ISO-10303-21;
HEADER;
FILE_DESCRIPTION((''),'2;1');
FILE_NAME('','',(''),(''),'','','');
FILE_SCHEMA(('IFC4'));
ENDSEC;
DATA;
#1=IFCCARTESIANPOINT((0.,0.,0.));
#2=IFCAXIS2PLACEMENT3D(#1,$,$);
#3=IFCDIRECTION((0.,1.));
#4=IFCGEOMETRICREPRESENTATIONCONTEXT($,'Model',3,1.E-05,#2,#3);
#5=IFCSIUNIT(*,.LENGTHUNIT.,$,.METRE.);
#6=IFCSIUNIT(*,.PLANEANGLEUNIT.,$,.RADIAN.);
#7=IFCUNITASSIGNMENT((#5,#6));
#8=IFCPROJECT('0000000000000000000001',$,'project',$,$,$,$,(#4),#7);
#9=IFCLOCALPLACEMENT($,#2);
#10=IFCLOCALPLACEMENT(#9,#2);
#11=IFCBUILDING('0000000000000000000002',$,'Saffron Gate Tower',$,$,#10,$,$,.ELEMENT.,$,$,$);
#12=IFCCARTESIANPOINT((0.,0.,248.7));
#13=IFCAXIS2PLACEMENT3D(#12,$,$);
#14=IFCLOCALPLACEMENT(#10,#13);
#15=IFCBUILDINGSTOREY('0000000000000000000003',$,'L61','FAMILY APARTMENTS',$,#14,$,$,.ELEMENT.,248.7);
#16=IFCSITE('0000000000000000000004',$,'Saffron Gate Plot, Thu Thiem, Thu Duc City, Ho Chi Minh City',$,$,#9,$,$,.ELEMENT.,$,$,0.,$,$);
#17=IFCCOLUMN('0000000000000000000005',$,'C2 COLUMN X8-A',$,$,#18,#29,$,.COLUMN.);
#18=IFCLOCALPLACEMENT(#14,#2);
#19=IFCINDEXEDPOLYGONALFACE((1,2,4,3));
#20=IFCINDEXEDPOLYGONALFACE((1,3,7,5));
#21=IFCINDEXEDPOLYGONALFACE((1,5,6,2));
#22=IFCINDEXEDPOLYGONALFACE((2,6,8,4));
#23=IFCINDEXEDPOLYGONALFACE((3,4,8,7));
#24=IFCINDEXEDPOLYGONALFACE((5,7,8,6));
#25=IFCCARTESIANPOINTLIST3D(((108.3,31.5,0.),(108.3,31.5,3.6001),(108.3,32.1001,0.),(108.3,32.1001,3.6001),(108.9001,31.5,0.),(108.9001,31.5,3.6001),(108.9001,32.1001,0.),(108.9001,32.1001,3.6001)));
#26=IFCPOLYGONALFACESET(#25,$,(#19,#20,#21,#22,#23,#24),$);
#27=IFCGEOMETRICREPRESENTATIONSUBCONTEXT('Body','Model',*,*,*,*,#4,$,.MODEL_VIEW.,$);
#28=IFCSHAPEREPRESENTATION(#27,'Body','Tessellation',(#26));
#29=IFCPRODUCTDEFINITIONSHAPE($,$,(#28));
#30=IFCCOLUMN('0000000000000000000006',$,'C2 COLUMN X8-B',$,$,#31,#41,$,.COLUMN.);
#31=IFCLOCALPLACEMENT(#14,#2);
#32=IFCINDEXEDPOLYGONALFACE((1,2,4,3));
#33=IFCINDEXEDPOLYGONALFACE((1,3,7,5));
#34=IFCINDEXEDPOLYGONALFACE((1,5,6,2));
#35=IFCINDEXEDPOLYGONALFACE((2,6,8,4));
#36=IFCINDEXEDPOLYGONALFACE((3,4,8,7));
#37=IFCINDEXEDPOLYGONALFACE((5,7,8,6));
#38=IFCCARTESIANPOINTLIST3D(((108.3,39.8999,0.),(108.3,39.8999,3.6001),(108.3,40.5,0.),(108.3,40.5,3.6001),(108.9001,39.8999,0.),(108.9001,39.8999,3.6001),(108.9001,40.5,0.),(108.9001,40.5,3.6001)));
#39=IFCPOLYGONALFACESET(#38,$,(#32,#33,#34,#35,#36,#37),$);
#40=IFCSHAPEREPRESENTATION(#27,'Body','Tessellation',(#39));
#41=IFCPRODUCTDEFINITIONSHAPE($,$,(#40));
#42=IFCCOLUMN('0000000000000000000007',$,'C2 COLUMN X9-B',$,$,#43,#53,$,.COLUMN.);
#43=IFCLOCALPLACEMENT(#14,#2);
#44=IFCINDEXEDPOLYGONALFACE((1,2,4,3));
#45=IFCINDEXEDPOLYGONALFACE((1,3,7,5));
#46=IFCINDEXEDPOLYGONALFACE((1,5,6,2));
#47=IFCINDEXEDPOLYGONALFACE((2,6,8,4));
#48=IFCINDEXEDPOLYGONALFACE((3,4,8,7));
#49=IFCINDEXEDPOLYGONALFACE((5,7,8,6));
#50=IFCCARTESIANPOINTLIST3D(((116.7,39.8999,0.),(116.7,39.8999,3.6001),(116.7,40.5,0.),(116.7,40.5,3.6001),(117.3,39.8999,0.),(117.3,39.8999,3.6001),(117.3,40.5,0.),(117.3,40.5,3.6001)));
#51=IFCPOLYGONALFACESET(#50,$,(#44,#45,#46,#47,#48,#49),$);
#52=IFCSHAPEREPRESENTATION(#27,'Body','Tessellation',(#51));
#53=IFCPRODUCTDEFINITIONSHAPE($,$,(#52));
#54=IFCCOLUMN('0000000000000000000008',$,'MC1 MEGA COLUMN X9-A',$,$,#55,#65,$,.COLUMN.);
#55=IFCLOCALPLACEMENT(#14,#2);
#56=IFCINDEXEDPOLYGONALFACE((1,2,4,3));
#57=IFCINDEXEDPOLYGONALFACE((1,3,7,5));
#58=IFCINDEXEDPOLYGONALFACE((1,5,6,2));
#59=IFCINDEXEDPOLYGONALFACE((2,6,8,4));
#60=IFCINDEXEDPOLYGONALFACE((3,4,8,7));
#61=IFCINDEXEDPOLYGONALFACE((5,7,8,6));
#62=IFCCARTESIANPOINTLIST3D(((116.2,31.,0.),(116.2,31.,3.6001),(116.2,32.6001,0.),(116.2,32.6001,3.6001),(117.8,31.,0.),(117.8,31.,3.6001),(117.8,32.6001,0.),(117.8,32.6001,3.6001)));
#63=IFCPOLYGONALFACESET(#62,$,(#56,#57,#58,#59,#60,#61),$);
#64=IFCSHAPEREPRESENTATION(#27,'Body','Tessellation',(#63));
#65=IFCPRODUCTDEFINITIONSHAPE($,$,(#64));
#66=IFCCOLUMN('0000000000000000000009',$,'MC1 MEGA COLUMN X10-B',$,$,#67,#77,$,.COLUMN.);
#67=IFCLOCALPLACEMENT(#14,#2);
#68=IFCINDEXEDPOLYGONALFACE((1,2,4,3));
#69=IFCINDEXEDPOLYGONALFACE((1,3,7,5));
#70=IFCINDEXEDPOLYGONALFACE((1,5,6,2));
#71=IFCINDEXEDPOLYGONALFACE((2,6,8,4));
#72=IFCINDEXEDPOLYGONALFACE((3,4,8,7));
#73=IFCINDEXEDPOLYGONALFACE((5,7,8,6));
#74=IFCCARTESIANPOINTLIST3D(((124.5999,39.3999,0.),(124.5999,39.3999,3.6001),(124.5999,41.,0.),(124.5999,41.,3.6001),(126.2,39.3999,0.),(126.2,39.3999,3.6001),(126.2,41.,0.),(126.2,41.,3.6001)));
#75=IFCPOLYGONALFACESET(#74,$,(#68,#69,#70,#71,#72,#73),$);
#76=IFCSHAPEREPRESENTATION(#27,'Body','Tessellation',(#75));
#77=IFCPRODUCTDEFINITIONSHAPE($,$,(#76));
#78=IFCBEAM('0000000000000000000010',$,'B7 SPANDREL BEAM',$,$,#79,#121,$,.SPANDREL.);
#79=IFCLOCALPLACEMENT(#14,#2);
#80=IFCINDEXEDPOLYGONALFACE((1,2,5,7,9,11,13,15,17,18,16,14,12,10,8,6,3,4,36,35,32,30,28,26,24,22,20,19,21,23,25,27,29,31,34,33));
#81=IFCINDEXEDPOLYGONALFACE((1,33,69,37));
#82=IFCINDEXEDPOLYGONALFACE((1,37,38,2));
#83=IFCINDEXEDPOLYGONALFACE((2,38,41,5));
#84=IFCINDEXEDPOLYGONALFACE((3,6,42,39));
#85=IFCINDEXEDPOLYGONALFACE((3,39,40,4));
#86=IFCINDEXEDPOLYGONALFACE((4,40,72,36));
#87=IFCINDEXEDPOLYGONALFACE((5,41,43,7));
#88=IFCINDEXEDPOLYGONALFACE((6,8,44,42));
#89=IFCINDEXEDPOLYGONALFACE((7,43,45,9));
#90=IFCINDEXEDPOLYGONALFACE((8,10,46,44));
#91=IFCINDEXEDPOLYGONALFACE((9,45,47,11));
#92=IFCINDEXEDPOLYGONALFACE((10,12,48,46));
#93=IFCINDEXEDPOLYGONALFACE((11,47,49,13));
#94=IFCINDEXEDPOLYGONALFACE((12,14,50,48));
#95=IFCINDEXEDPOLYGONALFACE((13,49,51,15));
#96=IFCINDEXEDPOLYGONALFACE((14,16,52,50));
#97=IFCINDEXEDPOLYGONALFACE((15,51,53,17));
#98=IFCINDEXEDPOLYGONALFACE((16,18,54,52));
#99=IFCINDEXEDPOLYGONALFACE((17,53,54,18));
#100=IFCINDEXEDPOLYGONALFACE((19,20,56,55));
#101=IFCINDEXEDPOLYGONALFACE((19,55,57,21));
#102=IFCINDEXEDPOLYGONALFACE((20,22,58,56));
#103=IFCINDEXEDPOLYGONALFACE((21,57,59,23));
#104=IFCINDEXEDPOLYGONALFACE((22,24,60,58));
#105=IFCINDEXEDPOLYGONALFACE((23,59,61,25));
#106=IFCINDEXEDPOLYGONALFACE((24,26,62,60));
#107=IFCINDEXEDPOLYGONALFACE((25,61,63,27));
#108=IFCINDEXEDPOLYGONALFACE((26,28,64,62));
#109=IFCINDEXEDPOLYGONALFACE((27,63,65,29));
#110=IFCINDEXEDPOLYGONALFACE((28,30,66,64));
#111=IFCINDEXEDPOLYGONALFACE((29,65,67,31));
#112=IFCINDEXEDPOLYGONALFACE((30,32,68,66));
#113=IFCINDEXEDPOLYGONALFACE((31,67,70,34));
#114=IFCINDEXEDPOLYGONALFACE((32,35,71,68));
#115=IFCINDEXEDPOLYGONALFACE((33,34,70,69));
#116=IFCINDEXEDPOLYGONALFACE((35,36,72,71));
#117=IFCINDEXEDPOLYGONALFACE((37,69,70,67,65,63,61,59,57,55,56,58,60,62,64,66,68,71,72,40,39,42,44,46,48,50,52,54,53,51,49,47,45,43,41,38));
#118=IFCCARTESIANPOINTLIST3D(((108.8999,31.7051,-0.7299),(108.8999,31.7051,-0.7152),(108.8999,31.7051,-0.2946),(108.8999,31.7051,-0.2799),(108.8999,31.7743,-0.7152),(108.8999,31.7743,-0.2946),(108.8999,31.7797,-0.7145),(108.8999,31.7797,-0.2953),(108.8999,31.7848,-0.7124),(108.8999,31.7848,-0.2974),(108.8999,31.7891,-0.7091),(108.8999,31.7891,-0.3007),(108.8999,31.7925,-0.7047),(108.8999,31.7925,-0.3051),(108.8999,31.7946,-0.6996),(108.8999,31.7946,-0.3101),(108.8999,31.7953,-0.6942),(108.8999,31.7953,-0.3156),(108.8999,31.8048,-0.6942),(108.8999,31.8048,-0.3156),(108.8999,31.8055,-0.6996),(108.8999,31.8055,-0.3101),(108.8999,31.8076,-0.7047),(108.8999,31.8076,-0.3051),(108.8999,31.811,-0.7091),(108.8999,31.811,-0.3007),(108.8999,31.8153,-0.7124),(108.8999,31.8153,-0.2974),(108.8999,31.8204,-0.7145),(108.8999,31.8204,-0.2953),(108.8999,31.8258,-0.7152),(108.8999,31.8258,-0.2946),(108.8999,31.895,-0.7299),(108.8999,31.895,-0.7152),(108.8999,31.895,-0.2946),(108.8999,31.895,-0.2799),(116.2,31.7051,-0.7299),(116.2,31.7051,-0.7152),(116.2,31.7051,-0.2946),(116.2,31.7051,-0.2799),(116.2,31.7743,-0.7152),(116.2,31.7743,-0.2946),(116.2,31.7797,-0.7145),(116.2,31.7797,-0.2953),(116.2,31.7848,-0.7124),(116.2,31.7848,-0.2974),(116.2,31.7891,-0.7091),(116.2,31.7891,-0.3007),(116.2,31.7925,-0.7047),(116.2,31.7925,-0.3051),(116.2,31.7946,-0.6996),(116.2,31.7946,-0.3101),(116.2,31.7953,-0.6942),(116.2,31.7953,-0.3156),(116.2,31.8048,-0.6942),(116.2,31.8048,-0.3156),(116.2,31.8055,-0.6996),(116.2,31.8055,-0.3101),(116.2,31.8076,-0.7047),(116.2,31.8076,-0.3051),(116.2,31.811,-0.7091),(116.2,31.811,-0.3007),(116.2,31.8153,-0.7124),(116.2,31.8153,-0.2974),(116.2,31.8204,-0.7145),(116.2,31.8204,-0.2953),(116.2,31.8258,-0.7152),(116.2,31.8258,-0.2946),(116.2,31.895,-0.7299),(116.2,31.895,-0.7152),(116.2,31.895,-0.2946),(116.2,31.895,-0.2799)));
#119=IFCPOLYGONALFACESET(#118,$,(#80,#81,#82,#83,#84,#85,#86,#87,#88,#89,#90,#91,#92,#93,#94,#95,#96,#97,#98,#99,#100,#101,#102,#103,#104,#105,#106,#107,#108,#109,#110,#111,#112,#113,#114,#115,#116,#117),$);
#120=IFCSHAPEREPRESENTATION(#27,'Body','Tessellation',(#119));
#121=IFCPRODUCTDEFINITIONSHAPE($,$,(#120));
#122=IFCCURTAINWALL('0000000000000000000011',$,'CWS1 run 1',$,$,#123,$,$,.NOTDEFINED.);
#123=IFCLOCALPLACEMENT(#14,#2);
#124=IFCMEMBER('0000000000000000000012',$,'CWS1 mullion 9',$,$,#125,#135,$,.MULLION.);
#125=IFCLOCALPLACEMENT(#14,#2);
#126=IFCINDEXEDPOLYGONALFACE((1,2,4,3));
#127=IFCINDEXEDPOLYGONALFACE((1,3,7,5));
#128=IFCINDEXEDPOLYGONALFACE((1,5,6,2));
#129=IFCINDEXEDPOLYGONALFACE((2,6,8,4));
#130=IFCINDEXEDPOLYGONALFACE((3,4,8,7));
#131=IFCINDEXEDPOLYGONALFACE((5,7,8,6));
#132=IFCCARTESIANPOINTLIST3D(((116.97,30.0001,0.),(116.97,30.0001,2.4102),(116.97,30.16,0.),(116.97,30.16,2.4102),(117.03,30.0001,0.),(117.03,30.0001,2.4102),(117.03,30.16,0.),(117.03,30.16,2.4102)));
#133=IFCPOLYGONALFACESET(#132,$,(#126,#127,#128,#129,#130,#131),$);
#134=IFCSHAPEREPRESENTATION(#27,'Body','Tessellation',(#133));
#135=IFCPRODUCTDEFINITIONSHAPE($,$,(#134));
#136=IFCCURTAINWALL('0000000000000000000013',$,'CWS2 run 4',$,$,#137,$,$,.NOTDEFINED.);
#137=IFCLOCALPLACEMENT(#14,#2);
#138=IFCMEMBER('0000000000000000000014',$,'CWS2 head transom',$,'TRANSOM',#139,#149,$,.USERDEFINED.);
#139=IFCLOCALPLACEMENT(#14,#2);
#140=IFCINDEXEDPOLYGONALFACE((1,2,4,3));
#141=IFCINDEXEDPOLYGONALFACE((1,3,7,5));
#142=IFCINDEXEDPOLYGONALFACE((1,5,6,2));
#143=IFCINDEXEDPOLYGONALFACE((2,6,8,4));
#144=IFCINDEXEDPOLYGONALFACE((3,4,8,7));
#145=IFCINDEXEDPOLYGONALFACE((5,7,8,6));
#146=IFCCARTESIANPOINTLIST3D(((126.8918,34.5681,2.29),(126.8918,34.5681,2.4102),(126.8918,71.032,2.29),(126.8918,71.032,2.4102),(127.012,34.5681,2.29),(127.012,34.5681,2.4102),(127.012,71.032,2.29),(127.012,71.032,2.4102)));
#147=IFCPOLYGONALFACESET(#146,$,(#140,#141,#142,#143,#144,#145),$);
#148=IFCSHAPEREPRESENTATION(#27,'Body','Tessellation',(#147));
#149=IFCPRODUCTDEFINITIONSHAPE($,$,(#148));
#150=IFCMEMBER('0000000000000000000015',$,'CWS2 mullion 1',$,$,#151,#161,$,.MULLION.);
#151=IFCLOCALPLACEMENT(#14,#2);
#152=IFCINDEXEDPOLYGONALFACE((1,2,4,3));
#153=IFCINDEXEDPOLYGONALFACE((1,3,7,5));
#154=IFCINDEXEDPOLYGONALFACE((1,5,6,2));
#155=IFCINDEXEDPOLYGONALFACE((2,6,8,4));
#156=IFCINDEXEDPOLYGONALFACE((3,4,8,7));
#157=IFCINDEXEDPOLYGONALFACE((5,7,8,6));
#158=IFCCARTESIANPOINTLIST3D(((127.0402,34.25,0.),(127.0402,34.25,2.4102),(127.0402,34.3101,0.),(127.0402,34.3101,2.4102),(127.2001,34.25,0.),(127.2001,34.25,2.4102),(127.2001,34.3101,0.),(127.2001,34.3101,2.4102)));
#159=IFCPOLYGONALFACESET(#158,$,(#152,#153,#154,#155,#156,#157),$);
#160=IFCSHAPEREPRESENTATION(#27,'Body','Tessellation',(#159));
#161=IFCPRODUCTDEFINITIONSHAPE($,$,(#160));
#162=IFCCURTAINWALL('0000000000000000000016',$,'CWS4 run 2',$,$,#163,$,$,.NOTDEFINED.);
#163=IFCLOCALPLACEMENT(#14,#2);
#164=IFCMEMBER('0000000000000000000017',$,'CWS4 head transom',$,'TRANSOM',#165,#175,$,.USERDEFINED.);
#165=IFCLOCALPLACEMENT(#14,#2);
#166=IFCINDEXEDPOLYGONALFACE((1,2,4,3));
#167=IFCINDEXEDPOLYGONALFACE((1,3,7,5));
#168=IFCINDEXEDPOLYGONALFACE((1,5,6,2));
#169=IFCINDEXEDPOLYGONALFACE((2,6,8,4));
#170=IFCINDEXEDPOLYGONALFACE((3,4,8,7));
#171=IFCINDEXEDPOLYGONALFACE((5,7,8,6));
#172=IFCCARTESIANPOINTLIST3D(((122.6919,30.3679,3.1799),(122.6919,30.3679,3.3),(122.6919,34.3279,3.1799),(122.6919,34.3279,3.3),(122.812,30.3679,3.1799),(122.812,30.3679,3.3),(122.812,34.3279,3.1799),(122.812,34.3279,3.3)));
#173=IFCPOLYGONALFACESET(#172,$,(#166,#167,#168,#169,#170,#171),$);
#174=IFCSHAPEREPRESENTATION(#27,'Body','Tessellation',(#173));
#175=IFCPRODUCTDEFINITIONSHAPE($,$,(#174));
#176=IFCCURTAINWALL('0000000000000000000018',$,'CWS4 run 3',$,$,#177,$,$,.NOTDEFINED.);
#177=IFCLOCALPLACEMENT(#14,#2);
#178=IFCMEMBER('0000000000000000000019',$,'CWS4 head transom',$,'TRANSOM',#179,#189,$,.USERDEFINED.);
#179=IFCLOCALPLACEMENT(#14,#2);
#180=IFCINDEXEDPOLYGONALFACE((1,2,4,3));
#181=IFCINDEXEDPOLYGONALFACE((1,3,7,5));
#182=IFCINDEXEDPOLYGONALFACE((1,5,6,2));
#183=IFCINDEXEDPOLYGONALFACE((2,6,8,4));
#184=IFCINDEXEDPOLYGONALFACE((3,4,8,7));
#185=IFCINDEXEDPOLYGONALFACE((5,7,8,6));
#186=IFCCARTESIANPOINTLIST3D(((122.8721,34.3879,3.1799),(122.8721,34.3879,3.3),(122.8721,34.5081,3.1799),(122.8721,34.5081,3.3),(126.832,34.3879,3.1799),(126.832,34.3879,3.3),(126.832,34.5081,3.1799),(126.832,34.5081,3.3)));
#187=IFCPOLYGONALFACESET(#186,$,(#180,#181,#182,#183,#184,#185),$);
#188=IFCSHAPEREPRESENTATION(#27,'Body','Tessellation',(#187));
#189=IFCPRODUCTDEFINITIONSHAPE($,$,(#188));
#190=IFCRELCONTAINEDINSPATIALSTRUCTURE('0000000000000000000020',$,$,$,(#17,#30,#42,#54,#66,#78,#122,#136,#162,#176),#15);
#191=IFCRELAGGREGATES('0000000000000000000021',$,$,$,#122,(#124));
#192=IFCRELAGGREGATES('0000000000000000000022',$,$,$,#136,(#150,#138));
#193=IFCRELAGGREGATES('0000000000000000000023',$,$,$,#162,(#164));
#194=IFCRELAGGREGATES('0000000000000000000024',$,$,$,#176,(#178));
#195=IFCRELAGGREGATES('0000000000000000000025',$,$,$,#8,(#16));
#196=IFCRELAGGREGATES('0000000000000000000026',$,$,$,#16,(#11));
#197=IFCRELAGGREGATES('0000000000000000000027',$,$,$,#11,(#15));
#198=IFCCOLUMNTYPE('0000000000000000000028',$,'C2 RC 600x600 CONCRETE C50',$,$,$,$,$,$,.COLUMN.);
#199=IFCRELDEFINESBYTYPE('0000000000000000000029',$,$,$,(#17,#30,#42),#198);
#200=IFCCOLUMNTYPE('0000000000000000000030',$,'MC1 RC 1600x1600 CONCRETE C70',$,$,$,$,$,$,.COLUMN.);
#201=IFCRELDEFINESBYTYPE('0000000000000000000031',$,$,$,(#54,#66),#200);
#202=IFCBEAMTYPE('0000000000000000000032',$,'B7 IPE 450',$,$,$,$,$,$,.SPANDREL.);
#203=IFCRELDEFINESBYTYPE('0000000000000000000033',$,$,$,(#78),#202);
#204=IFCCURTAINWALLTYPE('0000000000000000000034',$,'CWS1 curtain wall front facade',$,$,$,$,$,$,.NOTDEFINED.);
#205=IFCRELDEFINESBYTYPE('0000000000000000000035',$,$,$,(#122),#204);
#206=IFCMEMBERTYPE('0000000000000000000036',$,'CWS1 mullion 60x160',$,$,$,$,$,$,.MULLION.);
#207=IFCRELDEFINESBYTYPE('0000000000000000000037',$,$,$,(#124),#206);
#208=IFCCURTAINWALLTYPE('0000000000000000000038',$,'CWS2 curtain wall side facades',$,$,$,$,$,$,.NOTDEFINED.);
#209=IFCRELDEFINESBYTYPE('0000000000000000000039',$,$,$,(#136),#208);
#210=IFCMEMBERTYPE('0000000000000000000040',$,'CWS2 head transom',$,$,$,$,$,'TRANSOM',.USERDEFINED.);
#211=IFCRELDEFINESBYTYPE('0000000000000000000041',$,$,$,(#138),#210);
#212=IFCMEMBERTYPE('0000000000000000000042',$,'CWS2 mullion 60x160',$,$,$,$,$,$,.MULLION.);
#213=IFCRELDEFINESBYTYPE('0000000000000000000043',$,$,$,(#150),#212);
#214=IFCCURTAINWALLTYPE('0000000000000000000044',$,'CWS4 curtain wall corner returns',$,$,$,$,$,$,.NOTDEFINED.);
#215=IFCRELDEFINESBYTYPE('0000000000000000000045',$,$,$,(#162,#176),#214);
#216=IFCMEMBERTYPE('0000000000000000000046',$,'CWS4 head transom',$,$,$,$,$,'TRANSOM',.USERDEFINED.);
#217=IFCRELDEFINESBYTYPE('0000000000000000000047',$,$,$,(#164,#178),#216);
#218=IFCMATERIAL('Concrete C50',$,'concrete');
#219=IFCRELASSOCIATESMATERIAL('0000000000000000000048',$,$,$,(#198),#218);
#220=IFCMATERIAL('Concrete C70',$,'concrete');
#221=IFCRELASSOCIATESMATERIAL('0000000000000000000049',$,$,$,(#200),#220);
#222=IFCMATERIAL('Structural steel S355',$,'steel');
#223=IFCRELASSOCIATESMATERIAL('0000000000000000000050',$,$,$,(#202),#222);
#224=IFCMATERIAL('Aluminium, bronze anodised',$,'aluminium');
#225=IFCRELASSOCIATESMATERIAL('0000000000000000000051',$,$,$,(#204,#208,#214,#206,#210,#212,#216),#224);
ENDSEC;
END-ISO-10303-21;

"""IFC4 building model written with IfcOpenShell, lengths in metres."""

from ifc_helpers import new_model, si_unit, direction, frame, origin, origin_2d, place, context, subcontext, project, spatial, rectangle, i_section, extrude, material, material_profile, profile_set, type_object, element, aggregate, save


model = new_model("IFC4")

# Units and contexts
model_context = context("Model", 3, precision=1e-05, world=origin(), true_north=direction((0.0, 1.0)))
body_context = subcontext(model_context, "Body", "Model", "MODEL_VIEW")
ifc_project = project(units=[si_unit("LENGTHUNIT", "METRE"), si_unit("PLANEANGLEUNIT", "RADIAN")], contexts=[model_context])

# Site, building, storey
site_placement = place(None, origin())
site = spatial("IfcSite", under=ifc_project, at=site_placement, Name="Saffron Gate Plot, Thu Thiem, Thu Duc City, Ho Chi Minh City", CompositionType="ELEMENT", RefElevation=0.0)
building_placement = place(site_placement, origin())
building = spatial("IfcBuilding", under=site, at=building_placement, Name="Saffron Gate Tower", CompositionType="ELEMENT")
storey_placement = place(building_placement, frame((0.0, 0.0, 248.7)))
storey = spatial("IfcBuildingStorey", under=building, at=storey_placement, Name="L61", Description="FAMILY APARTMENTS", CompositionType="ELEMENT", Elevation=248.7)

# Columns
ifc_material_1 = material(Name="Concrete C50", Category="concrete")
ifc_material_profile_1 = material_profile(ifc_material_1, rectangle(XDim=0.6001, YDim=0.6001, at=origin_2d()))
ifc_profile_set_1 = profile_set([ifc_material_profile_1], Name="Concrete C50")
column_type_1 = type_object("IfcColumnType", Name="C2 RC 600x600 CONCRETE C50", PredefinedType="COLUMN", material=ifc_profile_set_1)
for number, where, z_axis, x_axis, name in (
    (1, (108.6001, 31.8, 0.0), (0.0, 0.0, 1.0), (1.0, 0.0, 0.0), "C2 COLUMN X8-A"),
    (2, (108.6001, 40.2, 0.0), (0.0, 0.0, 1.0), (1.0, 0.0, 0.0), "C2 COLUMN X8-B"),
    (3, (117.0, 40.2, 0.0), (0.0, 0.0, 1.0), (1.0, 0.0, 0.0), "C2 COLUMN X9-B"),
):
    element("IfcColumn", number, at=place(storey_placement, frame(where, z_axis=z_axis, x_axis=x_axis)), inside=storey, type_object=column_type_1, Name=name, PredefinedType="COLUMN", context=body_context, shape_type="SweptSolid", body=[
        extrude(rectangle(XDim=0.6001, YDim=0.6001, at=origin_2d()), origin(), (0.0, 0.0, 1.0), 3.6001),
    ])
ifc_material_2 = material(Name="Concrete C70", Category="concrete")
ifc_material_profile_2 = material_profile(ifc_material_2, rectangle(XDim=1.6001, YDim=1.6001, at=origin_2d()))
ifc_profile_set_2 = profile_set([ifc_material_profile_2], Name="Concrete C70")
column_type_2 = type_object("IfcColumnType", Name="MC1 RC 1600x1600 CONCRETE C70", PredefinedType="COLUMN", material=ifc_profile_set_2)
for number, where, z_axis, x_axis, name in (
    (4, (117.0, 31.8, 0.0), (0.0, 0.0, 1.0), (1.0, 0.0, 0.0), "MC1 MEGA COLUMN X9-A"),
    (5, (125.3999, 40.2, 0.0), (0.0, 0.0, 1.0), (1.0, 0.0, 0.0), "MC1 MEGA COLUMN X10-B"),
):
    element("IfcColumn", number, at=place(storey_placement, frame(where, z_axis=z_axis, x_axis=x_axis)), inside=storey, type_object=column_type_2, Name=name, PredefinedType="COLUMN", context=body_context, shape_type="SweptSolid", body=[
        extrude(rectangle(XDim=1.6001, YDim=1.6001, at=origin_2d()), origin(), (0.0, 0.0, 1.0), 3.6001),
    ])

# Beam
ifc_material_3 = material(Name="Structural steel S355", Category="steel")
ifc_material_profile_3 = material_profile(ifc_material_3, i_section(OverallWidth=0.1899, OverallDepth=0.45, WebThickness=0.0095, FlangeThickness=0.0146, FilletRadius=0.021, at=origin_2d()))
ifc_profile_set_3 = profile_set([ifc_material_profile_3], Name="Structural steel S355")
beam_type = type_object("IfcBeamType", Name="B7 IPE 450", PredefinedType="SPANDREL", material=ifc_profile_set_3)
beam_placement = place(storey_placement, frame((108.8999, 31.8, -0.5049), z_axis=(1.0, 0.0, 0.0), x_axis=(0.0, 1.0, 0.0)))
element("IfcBeam", 6, at=beam_placement, inside=storey, type_object=beam_type, Name="B7 SPANDREL BEAM", PredefinedType="SPANDREL", context=body_context, shape_type="SweptSolid", body=[
    extrude(i_section(OverallWidth=0.1899, OverallDepth=0.45, WebThickness=0.0095, FlangeThickness=0.0146, FilletRadius=0.021, at=origin_2d()), origin(), (0.0, 0.0, 1.0), 7.3),
])

# Curtain wall, member
ifc_material_4 = material(Name="Aluminium, bronze anodised", Category="aluminium")
curtain_wall_type_1 = type_object("IfcCurtainWallType", Name="CWS1 curtain wall front facade", PredefinedType="NOTDEFINED", material=ifc_material_4)
curtain_wall_1_placement = place(storey_placement, origin())
curtain_wall_1 = element("IfcCurtainWall", 7, at=curtain_wall_1_placement, inside=storey, type_object=curtain_wall_type_1, Name="CWS1 run 1", PredefinedType="NOTDEFINED")
ifc_material_profile_4 = material_profile(ifc_material_4, rectangle(XDim=0.1599, YDim=0.0601, at=origin_2d()))
ifc_profile_set_4 = profile_set([ifc_material_profile_4], Name="Aluminium, bronze anodised")
member_type_1 = type_object("IfcMemberType", Name="CWS1 mullion 60x160", PredefinedType="MULLION", material=ifc_profile_set_4)
member_1_placement = place(storey_placement, frame((117.0, 30.0801, 0.0), z_axis=(0.0, 0.0, 1.0), x_axis=(0.0, 1.0, 0.0)))
member_1 = element("IfcMember", 8, at=member_1_placement, type_object=member_type_1, Name="CWS1 mullion 9", PredefinedType="MULLION", context=body_context, shape_type="SweptSolid", body=[
    extrude(rectangle(XDim=0.1599, YDim=0.0601, at=origin_2d()), origin(), (0.0, 0.0, 1.0), 2.4102),
])
aggregate(curtain_wall_1, [member_1])

# Curtain wall, members
curtain_wall_type_2 = type_object("IfcCurtainWallType", Name="CWS2 curtain wall side facades", PredefinedType="NOTDEFINED", material=ifc_material_4)
curtain_wall_2_placement = place(storey_placement, origin())
curtain_wall_2 = element("IfcCurtainWall", 9, at=curtain_wall_2_placement, inside=storey, type_object=curtain_wall_type_2, Name="CWS2 run 4", PredefinedType="NOTDEFINED")
ifc_material_profile_5 = material_profile(ifc_material_4, rectangle(XDim=0.1201, YDim=0.1201, at=origin_2d()))
ifc_profile_set_5 = profile_set([ifc_material_profile_5], Name="Aluminium, bronze anodised")
member_type_2 = type_object("IfcMemberType", Name="CWS2 head transom", ElementType="TRANSOM", PredefinedType="USERDEFINED", material=ifc_profile_set_5)
member_2_placement = place(storey_placement, frame((126.9519, 34.5681, 2.3501), z_axis=(0.0, 1.0, 0.0), x_axis=(-1.0, 0.0, 0.0)))
member_2 = element("IfcMember", 10, at=member_2_placement, type_object=member_type_2, Name="CWS2 head transom", ObjectType="TRANSOM", PredefinedType="USERDEFINED", context=body_context, shape_type="SweptSolid", body=[
    extrude(rectangle(XDim=0.1201, YDim=0.1201, at=origin_2d()), origin(), (0.0, 0.0, 1.0), 36.4639),
])
ifc_material_profile_6 = material_profile(ifc_material_4, rectangle(XDim=0.1599, YDim=0.0601, at=origin_2d()))
ifc_profile_set_6 = profile_set([ifc_material_profile_6], Name="Aluminium, bronze anodised")
member_type_3 = type_object("IfcMemberType", Name="CWS2 mullion 60x160", PredefinedType="MULLION", material=ifc_profile_set_6)
member_3_placement = place(storey_placement, frame((127.1201, 34.28, 0.0), z_axis=(0.0, 0.0, 1.0), x_axis=(-1.0, 0.0, 0.0)))
member_3 = element("IfcMember", 11, at=member_3_placement, type_object=member_type_3, Name="CWS2 mullion 1", PredefinedType="MULLION", context=body_context, shape_type="SweptSolid", body=[
    extrude(rectangle(XDim=0.1599, YDim=0.0601, at=origin_2d()), origin(), (0.0, 0.0, 1.0), 2.4102),
])

# Curtain walls, members
curtain_wall_type_3 = type_object("IfcCurtainWallType", Name="CWS4 curtain wall corner returns", PredefinedType="NOTDEFINED", material=ifc_material_4)
curtain_wall_3_placement = place(storey_placement, origin())
curtain_wall_3 = element("IfcCurtainWall", 12, at=curtain_wall_3_placement, inside=storey, type_object=curtain_wall_type_3, Name="CWS4 run 2", PredefinedType="NOTDEFINED")
ifc_material_profile_7 = material_profile(ifc_material_4, rectangle(XDim=0.1201, YDim=0.1201, at=origin_2d()))
ifc_profile_set_7 = profile_set([ifc_material_profile_7], Name="Aluminium, bronze anodised")
member_type_4 = type_object("IfcMemberType", Name="CWS4 head transom", ElementType="TRANSOM", PredefinedType="USERDEFINED", material=ifc_profile_set_7)
member_4_placement = place(storey_placement, frame((122.752, 30.3679, 3.24), z_axis=(0.0, 1.0, 0.0), x_axis=(-1.0, 0.0, 0.0)))
member_4 = element("IfcMember", 13, at=member_4_placement, type_object=member_type_4, Name="CWS4 head transom", ObjectType="TRANSOM", PredefinedType="USERDEFINED", context=body_context, shape_type="SweptSolid", body=[
    extrude(rectangle(XDim=0.1201, YDim=0.1201, at=origin_2d()), origin(), (0.0, 0.0, 1.0), 3.96),
])
curtain_wall_4_placement = place(storey_placement, origin())
curtain_wall_4 = element("IfcCurtainWall", 14, at=curtain_wall_4_placement, inside=storey, type_object=curtain_wall_type_3, Name="CWS4 run 3", PredefinedType="NOTDEFINED")
member_5_placement = place(storey_placement, frame((122.8721, 34.448, 3.24), z_axis=(1.0, 0.0, 0.0), x_axis=(0.0, 1.0, 0.0)))
member_5 = element("IfcMember", 15, at=member_5_placement, type_object=member_type_4, Name="CWS4 head transom", ObjectType="TRANSOM", PredefinedType="USERDEFINED", context=body_context, shape_type="SweptSolid", body=[
    extrude(rectangle(XDim=0.1201, YDim=0.1201, at=origin_2d()), origin(), (0.0, 0.0, 1.0), 3.96),
])

aggregate(curtain_wall_2, [member_3, member_2])

aggregate(curtain_wall_3, [member_4])
aggregate(curtain_wall_4, [member_5])

save(model, "model.ifc")
